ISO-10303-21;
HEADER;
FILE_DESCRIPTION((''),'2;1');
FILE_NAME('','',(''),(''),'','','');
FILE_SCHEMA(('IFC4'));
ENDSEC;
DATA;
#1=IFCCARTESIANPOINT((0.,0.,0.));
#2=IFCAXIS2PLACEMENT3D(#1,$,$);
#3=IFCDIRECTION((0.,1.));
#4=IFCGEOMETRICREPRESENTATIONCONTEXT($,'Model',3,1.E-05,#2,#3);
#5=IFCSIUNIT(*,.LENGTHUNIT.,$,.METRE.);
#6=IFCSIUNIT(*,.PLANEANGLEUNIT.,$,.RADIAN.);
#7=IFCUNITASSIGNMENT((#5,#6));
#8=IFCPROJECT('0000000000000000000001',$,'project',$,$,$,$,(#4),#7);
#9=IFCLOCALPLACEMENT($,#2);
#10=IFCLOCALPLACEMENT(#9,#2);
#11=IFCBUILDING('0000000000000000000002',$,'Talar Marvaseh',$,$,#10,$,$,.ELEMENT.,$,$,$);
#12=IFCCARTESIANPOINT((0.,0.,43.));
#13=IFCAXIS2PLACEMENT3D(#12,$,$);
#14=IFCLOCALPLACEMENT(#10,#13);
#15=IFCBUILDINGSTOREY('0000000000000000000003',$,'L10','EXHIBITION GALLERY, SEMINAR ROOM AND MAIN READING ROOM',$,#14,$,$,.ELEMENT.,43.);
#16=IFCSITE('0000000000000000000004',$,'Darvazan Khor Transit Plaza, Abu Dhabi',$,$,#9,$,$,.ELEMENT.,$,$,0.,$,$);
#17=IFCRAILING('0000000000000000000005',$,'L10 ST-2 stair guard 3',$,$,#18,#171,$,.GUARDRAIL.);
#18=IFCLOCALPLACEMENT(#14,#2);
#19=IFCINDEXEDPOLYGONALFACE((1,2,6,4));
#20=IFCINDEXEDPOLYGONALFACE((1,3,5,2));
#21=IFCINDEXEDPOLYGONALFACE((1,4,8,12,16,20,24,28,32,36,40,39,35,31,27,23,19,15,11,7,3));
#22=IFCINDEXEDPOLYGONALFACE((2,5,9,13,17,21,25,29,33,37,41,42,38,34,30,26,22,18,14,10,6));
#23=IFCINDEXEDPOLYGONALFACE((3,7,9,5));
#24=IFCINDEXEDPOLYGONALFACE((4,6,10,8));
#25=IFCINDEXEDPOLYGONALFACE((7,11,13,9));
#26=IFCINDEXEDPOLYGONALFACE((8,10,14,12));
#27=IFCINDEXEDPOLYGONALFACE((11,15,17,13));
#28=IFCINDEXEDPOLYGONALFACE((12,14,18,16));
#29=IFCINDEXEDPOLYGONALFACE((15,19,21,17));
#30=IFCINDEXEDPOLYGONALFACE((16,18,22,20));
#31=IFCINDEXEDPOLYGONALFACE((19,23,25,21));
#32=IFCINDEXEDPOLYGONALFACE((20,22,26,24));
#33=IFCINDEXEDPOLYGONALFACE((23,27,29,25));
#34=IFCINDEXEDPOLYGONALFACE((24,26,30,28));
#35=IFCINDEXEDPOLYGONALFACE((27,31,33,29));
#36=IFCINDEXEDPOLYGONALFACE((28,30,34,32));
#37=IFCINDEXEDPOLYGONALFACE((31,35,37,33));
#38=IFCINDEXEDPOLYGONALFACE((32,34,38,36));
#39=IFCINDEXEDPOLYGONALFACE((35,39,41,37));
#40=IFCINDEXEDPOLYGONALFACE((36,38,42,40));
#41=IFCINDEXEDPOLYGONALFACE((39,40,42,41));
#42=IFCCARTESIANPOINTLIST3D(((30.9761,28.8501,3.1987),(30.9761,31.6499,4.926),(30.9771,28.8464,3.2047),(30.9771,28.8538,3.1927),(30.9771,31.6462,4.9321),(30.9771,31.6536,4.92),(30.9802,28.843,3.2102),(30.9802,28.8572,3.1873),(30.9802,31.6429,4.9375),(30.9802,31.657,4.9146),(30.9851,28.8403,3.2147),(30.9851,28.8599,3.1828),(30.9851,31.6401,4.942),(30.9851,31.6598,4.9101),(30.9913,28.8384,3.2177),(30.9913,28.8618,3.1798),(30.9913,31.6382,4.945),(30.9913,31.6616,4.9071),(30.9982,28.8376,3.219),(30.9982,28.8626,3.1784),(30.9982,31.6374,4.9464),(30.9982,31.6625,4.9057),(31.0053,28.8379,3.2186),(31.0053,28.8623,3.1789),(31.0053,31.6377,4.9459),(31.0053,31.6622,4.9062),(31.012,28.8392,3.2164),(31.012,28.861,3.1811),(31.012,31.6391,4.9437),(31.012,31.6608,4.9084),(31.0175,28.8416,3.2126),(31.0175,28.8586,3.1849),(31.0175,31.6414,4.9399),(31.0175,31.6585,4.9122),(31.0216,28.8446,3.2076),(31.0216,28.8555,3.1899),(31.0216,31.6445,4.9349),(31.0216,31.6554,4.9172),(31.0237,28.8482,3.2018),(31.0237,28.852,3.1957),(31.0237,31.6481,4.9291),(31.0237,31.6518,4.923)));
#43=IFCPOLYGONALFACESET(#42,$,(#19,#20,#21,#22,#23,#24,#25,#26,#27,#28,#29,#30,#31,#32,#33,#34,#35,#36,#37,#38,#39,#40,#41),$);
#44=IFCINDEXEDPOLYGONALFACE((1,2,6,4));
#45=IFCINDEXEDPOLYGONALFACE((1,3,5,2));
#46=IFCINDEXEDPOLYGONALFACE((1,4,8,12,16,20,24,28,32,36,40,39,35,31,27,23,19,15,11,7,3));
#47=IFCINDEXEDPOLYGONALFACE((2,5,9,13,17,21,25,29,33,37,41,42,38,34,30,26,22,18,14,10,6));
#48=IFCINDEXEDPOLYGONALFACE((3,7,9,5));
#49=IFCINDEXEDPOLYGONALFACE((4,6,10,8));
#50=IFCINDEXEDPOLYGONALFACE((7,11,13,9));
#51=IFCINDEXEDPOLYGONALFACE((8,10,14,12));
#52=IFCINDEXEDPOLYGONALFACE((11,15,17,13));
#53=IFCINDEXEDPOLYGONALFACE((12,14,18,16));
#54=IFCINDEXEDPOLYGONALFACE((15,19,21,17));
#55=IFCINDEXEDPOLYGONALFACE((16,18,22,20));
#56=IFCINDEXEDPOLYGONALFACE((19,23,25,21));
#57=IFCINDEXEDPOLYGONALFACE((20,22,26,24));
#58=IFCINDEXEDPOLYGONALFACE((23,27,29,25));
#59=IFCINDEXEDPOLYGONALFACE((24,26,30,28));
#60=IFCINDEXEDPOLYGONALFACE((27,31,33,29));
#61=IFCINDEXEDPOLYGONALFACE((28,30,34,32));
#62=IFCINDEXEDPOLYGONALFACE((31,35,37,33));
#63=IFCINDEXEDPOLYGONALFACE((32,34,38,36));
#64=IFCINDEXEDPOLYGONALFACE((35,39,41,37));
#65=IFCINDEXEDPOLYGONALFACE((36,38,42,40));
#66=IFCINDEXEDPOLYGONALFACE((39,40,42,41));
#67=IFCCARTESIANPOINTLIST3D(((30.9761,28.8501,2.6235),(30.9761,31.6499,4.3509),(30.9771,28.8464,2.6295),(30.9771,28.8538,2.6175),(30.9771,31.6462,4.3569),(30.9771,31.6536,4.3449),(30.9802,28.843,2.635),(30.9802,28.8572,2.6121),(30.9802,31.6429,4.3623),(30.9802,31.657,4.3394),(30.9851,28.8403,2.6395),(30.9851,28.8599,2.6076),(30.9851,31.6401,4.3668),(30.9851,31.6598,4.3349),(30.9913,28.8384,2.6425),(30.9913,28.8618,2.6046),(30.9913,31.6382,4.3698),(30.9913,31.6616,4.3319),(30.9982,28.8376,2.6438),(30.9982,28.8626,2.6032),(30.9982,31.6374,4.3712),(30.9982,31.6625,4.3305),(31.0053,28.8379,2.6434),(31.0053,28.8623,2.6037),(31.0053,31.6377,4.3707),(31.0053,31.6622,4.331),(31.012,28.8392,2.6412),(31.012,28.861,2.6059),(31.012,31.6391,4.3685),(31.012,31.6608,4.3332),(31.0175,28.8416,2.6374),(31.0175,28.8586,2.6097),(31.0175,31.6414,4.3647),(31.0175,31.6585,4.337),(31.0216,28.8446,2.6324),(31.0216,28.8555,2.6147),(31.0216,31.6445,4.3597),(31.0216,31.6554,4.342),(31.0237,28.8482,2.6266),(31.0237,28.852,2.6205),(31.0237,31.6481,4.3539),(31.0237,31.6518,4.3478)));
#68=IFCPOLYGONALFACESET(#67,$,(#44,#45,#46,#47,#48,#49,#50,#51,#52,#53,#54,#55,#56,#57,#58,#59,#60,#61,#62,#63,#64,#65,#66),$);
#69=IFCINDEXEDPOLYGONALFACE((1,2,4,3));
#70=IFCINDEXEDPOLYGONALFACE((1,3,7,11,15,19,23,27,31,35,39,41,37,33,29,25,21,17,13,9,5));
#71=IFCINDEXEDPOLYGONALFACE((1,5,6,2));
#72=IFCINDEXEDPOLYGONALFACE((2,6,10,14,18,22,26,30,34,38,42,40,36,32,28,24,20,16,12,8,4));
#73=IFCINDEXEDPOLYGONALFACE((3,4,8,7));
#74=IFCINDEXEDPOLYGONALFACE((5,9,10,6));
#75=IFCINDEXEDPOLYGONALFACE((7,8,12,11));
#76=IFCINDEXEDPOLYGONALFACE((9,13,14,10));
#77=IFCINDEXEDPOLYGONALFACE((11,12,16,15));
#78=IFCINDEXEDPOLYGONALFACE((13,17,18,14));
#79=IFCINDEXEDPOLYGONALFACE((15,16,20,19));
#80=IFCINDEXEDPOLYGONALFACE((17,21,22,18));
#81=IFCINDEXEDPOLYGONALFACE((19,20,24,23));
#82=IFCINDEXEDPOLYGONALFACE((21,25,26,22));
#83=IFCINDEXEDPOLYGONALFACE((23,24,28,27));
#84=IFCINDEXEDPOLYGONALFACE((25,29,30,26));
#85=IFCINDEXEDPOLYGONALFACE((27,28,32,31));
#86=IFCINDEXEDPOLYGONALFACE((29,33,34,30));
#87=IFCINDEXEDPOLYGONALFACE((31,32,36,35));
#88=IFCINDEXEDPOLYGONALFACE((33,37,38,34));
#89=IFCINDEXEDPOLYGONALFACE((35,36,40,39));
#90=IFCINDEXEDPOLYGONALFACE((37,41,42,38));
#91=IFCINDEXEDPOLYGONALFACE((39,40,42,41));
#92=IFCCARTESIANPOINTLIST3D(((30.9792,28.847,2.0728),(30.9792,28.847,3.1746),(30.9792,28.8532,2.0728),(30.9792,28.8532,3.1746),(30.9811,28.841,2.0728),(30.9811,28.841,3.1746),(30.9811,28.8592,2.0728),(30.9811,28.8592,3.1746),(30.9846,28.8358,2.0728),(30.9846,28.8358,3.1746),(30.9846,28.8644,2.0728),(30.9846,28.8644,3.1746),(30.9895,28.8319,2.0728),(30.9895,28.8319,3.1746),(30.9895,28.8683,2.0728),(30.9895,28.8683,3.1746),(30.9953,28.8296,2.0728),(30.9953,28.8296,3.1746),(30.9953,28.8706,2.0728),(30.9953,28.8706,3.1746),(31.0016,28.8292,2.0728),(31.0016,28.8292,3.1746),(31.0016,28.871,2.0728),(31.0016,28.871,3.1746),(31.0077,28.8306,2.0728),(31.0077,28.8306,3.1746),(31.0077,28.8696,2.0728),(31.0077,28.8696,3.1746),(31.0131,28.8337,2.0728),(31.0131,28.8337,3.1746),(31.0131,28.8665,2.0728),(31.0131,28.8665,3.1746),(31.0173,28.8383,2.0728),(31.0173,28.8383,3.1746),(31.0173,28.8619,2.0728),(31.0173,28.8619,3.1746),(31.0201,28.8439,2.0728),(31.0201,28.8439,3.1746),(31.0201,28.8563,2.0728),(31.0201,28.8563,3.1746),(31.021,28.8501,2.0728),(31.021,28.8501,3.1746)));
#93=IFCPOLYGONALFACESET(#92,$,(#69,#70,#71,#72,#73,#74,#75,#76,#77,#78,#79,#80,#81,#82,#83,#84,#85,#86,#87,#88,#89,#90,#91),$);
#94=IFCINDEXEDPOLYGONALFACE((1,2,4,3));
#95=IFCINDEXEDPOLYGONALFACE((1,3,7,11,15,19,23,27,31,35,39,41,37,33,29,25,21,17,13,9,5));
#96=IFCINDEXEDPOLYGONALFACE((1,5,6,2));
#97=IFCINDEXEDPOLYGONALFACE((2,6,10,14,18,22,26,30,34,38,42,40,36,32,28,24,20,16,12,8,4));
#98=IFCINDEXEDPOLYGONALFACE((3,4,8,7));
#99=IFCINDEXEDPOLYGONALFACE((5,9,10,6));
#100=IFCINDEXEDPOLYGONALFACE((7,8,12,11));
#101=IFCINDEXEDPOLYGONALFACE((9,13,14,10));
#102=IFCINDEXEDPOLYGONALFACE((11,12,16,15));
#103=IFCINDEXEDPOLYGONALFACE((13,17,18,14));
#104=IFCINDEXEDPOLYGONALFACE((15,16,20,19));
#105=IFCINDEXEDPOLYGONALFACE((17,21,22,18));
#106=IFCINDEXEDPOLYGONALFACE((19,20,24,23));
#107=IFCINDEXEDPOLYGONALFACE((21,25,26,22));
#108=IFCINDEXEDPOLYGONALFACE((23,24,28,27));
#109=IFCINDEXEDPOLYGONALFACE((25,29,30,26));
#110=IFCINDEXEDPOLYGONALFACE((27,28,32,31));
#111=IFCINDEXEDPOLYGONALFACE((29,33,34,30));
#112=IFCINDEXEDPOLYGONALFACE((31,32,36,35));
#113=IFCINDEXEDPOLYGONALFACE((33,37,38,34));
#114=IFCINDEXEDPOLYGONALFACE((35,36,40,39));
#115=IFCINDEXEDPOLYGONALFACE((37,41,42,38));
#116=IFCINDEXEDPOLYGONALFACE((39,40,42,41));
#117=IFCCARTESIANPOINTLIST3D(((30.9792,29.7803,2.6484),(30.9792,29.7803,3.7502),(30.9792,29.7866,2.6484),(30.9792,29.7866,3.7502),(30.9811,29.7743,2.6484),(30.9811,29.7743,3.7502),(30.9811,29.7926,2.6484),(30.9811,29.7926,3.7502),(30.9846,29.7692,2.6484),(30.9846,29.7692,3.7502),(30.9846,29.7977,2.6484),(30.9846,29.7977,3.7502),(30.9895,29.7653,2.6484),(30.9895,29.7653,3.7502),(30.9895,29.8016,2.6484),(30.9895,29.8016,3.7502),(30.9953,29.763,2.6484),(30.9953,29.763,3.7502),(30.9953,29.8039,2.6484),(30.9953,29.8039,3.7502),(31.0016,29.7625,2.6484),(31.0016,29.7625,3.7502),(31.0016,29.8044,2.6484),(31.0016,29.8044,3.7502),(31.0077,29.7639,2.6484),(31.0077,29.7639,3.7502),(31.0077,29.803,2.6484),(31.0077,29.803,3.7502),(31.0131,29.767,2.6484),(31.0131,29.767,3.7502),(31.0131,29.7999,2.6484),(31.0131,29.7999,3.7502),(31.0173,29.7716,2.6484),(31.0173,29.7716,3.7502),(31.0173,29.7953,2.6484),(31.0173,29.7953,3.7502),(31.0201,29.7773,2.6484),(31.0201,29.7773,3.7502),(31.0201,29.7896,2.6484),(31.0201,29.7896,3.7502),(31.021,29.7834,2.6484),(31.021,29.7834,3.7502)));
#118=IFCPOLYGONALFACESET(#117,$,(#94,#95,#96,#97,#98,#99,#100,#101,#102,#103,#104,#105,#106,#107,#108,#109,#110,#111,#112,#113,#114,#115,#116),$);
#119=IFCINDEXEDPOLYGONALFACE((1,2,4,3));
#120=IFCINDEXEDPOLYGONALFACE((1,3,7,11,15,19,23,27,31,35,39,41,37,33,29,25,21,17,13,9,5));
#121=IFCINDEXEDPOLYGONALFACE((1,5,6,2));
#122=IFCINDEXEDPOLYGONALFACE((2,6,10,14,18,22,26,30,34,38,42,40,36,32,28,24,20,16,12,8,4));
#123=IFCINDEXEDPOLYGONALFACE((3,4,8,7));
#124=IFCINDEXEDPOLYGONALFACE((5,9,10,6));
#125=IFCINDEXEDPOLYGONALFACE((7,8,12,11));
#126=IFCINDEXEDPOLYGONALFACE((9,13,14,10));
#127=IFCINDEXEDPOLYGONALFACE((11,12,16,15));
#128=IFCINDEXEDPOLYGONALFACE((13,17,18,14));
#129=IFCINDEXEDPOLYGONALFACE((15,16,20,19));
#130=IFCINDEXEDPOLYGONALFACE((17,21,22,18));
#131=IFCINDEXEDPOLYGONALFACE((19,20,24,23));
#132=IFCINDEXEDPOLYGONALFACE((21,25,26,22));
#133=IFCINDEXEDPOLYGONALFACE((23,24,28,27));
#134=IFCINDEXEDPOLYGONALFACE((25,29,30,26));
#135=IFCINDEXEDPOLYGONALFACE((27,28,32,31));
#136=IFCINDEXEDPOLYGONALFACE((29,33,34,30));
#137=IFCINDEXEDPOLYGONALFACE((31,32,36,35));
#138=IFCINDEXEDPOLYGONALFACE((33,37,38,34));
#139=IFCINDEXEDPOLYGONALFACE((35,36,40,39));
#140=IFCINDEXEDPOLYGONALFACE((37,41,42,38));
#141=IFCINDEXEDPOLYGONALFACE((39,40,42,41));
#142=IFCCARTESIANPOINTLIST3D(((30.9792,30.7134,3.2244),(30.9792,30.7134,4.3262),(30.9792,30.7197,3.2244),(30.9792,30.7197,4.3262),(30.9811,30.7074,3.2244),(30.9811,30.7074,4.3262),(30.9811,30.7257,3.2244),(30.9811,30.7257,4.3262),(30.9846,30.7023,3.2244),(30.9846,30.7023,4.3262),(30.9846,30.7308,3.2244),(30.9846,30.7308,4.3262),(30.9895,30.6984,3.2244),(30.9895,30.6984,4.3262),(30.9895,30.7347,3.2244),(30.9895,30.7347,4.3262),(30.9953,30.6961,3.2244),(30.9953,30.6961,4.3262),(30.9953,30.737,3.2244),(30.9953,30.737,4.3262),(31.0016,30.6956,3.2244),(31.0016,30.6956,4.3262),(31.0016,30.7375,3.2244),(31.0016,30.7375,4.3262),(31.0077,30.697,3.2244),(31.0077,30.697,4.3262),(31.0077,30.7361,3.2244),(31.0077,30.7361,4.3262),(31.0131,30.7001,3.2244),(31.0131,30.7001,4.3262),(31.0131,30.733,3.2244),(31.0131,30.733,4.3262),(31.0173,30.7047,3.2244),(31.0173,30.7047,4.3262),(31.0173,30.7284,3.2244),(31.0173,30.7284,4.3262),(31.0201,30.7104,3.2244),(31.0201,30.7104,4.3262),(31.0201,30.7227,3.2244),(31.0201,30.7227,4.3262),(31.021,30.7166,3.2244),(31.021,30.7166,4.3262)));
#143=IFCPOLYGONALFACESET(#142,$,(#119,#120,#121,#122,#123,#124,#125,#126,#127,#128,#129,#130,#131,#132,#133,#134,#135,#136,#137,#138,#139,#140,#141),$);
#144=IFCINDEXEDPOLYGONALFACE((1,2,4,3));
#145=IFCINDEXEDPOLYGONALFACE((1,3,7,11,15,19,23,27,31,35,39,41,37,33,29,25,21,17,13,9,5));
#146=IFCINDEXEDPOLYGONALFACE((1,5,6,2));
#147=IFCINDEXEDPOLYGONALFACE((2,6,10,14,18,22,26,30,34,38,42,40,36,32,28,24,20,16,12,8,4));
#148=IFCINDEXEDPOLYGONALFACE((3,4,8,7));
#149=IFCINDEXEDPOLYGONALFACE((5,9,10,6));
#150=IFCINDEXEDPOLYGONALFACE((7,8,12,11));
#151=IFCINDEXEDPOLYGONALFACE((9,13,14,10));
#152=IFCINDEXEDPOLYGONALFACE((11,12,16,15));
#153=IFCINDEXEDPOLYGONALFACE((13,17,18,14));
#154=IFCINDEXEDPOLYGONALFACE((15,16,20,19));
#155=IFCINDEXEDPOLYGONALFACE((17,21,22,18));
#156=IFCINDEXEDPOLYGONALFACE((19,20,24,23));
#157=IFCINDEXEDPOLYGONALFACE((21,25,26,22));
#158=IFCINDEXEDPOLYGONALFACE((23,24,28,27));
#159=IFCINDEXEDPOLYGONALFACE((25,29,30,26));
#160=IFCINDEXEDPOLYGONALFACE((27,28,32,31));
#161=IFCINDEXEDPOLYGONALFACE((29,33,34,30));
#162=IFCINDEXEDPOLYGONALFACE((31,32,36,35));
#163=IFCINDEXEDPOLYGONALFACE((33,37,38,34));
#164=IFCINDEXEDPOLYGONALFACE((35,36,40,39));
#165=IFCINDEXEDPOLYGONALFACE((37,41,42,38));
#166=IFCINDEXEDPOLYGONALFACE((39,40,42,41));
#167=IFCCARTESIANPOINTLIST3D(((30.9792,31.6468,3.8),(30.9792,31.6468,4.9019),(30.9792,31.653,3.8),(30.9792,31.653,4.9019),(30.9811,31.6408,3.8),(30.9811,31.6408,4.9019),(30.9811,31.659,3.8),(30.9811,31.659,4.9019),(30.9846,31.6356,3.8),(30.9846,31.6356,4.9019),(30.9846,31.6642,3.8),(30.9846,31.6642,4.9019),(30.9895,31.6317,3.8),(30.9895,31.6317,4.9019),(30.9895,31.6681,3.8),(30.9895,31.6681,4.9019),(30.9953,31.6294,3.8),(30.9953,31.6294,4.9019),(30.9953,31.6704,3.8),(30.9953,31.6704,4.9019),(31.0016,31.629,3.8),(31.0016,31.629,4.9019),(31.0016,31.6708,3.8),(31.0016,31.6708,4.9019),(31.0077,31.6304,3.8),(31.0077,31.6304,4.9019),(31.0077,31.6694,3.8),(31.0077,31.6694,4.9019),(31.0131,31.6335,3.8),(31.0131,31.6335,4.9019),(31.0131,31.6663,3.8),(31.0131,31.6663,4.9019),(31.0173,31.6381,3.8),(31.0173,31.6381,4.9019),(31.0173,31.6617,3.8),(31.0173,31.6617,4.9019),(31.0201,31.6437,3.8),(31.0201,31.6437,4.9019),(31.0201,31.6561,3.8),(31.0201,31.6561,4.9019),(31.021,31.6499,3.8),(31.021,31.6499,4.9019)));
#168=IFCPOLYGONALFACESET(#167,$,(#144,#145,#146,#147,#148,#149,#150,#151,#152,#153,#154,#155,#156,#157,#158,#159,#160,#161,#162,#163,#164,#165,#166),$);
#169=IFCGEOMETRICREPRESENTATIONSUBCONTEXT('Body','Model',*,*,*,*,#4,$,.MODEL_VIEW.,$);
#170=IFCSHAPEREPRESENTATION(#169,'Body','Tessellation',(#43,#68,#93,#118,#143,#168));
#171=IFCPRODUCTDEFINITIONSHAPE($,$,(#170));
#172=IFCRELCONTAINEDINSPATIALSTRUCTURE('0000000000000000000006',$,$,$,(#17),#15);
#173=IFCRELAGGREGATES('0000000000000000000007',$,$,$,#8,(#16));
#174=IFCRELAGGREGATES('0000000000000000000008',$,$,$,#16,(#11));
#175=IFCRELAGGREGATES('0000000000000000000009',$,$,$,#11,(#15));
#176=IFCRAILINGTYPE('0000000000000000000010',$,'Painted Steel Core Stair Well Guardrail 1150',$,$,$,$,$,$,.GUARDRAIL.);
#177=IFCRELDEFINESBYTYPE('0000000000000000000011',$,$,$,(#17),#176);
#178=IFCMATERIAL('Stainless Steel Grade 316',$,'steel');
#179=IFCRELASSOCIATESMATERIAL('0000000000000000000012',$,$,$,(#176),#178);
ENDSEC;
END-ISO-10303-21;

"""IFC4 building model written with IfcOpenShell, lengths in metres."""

from ifc_helpers import new_model, si_unit, direction, frame, origin, origin_2d, place, context, subcontext, project, spatial, circle, extrude, material, type_object, element, save


model = new_model("IFC4")

# Units and contexts
model_context = context("Model", 3, precision=1e-05, world=origin(), true_north=direction((0.0, 1.0)))
body_context = subcontext(model_context, "Body", "Model", "MODEL_VIEW")
ifc_project = project(units=[si_unit("LENGTHUNIT", "METRE"), si_unit("PLANEANGLEUNIT", "RADIAN")], contexts=[model_context])

# Site, building, storey
site_placement = place(None, origin())
site = spatial("IfcSite", under=ifc_project, at=site_placement, Name="Darvazan Khor Transit Plaza, Abu Dhabi", CompositionType="ELEMENT", RefElevation=0.0)
building_placement = place(site_placement, origin())
building = spatial("IfcBuilding", under=site, at=building_placement, Name="Talar Marvaseh", CompositionType="ELEMENT")
storey_placement = place(building_placement, frame((0.0, 0.0, 43.0)))
storey = spatial("IfcBuildingStorey", under=building, at=storey_placement, Name="L10", Description="EXHIBITION GALLERY, SEMINAR ROOM AND MAIN READING ROOM", CompositionType="ELEMENT", Elevation=43.0)

# Railing
ifc_material_1 = material(Name="Stainless Steel Grade 316", Category="steel")
railing_type_1 = type_object("IfcRailingType", Name="Painted Steel Core Stair Well Guardrail 1150", PredefinedType="GUARDRAIL", material=ifc_material_1)
railing_1_placement = place(storey_placement, frame((31.0, 28.8501, 2.0728)))
element("IfcRailing", 1, at=railing_1_placement, inside=storey, type_object=railing_type_1, Name="L10 ST-2 stair guard 3", PredefinedType="GUARDRAIL", context=body_context, shape_type="SweptSolid", body=[
    extrude(circle(Radius=0.0239, at=origin_2d()), frame((0.0, 0.0, 1.126), z_axis=(0.0, 0.851069, 0.525054), x_axis=(-1.0, 0.0, 0.0)), (0.0, 0.0, 1.0), 3.2898),
    extrude(circle(Radius=0.0239, at=origin_2d()), frame((0.0, 0.0, 0.5508), z_axis=(0.0, 0.851069, 0.525054), x_axis=(-1.0, 0.0, 0.0)), (0.0, 0.0, 1.0), 3.2898),
    extrude(circle(Radius=0.021, at=origin_2d()), origin(), (0.0, 0.0, 1.0), 1.1018),
    extrude(circle(Radius=0.021, at=origin_2d()), frame((0.0, 0.9333, 0.5757)), (0.0, 0.0, 1.0), 1.1018),
    extrude(circle(Radius=0.021, at=origin_2d()), frame((0.0, 1.8665, 1.1516)), (0.0, 0.0, 1.0), 1.1018),
    extrude(circle(Radius=0.021, at=origin_2d()), frame((0.0, 2.7998, 1.7273)), (0.0, 0.0, 1.0), 1.1018),
])

save(model, "model.ifc")
